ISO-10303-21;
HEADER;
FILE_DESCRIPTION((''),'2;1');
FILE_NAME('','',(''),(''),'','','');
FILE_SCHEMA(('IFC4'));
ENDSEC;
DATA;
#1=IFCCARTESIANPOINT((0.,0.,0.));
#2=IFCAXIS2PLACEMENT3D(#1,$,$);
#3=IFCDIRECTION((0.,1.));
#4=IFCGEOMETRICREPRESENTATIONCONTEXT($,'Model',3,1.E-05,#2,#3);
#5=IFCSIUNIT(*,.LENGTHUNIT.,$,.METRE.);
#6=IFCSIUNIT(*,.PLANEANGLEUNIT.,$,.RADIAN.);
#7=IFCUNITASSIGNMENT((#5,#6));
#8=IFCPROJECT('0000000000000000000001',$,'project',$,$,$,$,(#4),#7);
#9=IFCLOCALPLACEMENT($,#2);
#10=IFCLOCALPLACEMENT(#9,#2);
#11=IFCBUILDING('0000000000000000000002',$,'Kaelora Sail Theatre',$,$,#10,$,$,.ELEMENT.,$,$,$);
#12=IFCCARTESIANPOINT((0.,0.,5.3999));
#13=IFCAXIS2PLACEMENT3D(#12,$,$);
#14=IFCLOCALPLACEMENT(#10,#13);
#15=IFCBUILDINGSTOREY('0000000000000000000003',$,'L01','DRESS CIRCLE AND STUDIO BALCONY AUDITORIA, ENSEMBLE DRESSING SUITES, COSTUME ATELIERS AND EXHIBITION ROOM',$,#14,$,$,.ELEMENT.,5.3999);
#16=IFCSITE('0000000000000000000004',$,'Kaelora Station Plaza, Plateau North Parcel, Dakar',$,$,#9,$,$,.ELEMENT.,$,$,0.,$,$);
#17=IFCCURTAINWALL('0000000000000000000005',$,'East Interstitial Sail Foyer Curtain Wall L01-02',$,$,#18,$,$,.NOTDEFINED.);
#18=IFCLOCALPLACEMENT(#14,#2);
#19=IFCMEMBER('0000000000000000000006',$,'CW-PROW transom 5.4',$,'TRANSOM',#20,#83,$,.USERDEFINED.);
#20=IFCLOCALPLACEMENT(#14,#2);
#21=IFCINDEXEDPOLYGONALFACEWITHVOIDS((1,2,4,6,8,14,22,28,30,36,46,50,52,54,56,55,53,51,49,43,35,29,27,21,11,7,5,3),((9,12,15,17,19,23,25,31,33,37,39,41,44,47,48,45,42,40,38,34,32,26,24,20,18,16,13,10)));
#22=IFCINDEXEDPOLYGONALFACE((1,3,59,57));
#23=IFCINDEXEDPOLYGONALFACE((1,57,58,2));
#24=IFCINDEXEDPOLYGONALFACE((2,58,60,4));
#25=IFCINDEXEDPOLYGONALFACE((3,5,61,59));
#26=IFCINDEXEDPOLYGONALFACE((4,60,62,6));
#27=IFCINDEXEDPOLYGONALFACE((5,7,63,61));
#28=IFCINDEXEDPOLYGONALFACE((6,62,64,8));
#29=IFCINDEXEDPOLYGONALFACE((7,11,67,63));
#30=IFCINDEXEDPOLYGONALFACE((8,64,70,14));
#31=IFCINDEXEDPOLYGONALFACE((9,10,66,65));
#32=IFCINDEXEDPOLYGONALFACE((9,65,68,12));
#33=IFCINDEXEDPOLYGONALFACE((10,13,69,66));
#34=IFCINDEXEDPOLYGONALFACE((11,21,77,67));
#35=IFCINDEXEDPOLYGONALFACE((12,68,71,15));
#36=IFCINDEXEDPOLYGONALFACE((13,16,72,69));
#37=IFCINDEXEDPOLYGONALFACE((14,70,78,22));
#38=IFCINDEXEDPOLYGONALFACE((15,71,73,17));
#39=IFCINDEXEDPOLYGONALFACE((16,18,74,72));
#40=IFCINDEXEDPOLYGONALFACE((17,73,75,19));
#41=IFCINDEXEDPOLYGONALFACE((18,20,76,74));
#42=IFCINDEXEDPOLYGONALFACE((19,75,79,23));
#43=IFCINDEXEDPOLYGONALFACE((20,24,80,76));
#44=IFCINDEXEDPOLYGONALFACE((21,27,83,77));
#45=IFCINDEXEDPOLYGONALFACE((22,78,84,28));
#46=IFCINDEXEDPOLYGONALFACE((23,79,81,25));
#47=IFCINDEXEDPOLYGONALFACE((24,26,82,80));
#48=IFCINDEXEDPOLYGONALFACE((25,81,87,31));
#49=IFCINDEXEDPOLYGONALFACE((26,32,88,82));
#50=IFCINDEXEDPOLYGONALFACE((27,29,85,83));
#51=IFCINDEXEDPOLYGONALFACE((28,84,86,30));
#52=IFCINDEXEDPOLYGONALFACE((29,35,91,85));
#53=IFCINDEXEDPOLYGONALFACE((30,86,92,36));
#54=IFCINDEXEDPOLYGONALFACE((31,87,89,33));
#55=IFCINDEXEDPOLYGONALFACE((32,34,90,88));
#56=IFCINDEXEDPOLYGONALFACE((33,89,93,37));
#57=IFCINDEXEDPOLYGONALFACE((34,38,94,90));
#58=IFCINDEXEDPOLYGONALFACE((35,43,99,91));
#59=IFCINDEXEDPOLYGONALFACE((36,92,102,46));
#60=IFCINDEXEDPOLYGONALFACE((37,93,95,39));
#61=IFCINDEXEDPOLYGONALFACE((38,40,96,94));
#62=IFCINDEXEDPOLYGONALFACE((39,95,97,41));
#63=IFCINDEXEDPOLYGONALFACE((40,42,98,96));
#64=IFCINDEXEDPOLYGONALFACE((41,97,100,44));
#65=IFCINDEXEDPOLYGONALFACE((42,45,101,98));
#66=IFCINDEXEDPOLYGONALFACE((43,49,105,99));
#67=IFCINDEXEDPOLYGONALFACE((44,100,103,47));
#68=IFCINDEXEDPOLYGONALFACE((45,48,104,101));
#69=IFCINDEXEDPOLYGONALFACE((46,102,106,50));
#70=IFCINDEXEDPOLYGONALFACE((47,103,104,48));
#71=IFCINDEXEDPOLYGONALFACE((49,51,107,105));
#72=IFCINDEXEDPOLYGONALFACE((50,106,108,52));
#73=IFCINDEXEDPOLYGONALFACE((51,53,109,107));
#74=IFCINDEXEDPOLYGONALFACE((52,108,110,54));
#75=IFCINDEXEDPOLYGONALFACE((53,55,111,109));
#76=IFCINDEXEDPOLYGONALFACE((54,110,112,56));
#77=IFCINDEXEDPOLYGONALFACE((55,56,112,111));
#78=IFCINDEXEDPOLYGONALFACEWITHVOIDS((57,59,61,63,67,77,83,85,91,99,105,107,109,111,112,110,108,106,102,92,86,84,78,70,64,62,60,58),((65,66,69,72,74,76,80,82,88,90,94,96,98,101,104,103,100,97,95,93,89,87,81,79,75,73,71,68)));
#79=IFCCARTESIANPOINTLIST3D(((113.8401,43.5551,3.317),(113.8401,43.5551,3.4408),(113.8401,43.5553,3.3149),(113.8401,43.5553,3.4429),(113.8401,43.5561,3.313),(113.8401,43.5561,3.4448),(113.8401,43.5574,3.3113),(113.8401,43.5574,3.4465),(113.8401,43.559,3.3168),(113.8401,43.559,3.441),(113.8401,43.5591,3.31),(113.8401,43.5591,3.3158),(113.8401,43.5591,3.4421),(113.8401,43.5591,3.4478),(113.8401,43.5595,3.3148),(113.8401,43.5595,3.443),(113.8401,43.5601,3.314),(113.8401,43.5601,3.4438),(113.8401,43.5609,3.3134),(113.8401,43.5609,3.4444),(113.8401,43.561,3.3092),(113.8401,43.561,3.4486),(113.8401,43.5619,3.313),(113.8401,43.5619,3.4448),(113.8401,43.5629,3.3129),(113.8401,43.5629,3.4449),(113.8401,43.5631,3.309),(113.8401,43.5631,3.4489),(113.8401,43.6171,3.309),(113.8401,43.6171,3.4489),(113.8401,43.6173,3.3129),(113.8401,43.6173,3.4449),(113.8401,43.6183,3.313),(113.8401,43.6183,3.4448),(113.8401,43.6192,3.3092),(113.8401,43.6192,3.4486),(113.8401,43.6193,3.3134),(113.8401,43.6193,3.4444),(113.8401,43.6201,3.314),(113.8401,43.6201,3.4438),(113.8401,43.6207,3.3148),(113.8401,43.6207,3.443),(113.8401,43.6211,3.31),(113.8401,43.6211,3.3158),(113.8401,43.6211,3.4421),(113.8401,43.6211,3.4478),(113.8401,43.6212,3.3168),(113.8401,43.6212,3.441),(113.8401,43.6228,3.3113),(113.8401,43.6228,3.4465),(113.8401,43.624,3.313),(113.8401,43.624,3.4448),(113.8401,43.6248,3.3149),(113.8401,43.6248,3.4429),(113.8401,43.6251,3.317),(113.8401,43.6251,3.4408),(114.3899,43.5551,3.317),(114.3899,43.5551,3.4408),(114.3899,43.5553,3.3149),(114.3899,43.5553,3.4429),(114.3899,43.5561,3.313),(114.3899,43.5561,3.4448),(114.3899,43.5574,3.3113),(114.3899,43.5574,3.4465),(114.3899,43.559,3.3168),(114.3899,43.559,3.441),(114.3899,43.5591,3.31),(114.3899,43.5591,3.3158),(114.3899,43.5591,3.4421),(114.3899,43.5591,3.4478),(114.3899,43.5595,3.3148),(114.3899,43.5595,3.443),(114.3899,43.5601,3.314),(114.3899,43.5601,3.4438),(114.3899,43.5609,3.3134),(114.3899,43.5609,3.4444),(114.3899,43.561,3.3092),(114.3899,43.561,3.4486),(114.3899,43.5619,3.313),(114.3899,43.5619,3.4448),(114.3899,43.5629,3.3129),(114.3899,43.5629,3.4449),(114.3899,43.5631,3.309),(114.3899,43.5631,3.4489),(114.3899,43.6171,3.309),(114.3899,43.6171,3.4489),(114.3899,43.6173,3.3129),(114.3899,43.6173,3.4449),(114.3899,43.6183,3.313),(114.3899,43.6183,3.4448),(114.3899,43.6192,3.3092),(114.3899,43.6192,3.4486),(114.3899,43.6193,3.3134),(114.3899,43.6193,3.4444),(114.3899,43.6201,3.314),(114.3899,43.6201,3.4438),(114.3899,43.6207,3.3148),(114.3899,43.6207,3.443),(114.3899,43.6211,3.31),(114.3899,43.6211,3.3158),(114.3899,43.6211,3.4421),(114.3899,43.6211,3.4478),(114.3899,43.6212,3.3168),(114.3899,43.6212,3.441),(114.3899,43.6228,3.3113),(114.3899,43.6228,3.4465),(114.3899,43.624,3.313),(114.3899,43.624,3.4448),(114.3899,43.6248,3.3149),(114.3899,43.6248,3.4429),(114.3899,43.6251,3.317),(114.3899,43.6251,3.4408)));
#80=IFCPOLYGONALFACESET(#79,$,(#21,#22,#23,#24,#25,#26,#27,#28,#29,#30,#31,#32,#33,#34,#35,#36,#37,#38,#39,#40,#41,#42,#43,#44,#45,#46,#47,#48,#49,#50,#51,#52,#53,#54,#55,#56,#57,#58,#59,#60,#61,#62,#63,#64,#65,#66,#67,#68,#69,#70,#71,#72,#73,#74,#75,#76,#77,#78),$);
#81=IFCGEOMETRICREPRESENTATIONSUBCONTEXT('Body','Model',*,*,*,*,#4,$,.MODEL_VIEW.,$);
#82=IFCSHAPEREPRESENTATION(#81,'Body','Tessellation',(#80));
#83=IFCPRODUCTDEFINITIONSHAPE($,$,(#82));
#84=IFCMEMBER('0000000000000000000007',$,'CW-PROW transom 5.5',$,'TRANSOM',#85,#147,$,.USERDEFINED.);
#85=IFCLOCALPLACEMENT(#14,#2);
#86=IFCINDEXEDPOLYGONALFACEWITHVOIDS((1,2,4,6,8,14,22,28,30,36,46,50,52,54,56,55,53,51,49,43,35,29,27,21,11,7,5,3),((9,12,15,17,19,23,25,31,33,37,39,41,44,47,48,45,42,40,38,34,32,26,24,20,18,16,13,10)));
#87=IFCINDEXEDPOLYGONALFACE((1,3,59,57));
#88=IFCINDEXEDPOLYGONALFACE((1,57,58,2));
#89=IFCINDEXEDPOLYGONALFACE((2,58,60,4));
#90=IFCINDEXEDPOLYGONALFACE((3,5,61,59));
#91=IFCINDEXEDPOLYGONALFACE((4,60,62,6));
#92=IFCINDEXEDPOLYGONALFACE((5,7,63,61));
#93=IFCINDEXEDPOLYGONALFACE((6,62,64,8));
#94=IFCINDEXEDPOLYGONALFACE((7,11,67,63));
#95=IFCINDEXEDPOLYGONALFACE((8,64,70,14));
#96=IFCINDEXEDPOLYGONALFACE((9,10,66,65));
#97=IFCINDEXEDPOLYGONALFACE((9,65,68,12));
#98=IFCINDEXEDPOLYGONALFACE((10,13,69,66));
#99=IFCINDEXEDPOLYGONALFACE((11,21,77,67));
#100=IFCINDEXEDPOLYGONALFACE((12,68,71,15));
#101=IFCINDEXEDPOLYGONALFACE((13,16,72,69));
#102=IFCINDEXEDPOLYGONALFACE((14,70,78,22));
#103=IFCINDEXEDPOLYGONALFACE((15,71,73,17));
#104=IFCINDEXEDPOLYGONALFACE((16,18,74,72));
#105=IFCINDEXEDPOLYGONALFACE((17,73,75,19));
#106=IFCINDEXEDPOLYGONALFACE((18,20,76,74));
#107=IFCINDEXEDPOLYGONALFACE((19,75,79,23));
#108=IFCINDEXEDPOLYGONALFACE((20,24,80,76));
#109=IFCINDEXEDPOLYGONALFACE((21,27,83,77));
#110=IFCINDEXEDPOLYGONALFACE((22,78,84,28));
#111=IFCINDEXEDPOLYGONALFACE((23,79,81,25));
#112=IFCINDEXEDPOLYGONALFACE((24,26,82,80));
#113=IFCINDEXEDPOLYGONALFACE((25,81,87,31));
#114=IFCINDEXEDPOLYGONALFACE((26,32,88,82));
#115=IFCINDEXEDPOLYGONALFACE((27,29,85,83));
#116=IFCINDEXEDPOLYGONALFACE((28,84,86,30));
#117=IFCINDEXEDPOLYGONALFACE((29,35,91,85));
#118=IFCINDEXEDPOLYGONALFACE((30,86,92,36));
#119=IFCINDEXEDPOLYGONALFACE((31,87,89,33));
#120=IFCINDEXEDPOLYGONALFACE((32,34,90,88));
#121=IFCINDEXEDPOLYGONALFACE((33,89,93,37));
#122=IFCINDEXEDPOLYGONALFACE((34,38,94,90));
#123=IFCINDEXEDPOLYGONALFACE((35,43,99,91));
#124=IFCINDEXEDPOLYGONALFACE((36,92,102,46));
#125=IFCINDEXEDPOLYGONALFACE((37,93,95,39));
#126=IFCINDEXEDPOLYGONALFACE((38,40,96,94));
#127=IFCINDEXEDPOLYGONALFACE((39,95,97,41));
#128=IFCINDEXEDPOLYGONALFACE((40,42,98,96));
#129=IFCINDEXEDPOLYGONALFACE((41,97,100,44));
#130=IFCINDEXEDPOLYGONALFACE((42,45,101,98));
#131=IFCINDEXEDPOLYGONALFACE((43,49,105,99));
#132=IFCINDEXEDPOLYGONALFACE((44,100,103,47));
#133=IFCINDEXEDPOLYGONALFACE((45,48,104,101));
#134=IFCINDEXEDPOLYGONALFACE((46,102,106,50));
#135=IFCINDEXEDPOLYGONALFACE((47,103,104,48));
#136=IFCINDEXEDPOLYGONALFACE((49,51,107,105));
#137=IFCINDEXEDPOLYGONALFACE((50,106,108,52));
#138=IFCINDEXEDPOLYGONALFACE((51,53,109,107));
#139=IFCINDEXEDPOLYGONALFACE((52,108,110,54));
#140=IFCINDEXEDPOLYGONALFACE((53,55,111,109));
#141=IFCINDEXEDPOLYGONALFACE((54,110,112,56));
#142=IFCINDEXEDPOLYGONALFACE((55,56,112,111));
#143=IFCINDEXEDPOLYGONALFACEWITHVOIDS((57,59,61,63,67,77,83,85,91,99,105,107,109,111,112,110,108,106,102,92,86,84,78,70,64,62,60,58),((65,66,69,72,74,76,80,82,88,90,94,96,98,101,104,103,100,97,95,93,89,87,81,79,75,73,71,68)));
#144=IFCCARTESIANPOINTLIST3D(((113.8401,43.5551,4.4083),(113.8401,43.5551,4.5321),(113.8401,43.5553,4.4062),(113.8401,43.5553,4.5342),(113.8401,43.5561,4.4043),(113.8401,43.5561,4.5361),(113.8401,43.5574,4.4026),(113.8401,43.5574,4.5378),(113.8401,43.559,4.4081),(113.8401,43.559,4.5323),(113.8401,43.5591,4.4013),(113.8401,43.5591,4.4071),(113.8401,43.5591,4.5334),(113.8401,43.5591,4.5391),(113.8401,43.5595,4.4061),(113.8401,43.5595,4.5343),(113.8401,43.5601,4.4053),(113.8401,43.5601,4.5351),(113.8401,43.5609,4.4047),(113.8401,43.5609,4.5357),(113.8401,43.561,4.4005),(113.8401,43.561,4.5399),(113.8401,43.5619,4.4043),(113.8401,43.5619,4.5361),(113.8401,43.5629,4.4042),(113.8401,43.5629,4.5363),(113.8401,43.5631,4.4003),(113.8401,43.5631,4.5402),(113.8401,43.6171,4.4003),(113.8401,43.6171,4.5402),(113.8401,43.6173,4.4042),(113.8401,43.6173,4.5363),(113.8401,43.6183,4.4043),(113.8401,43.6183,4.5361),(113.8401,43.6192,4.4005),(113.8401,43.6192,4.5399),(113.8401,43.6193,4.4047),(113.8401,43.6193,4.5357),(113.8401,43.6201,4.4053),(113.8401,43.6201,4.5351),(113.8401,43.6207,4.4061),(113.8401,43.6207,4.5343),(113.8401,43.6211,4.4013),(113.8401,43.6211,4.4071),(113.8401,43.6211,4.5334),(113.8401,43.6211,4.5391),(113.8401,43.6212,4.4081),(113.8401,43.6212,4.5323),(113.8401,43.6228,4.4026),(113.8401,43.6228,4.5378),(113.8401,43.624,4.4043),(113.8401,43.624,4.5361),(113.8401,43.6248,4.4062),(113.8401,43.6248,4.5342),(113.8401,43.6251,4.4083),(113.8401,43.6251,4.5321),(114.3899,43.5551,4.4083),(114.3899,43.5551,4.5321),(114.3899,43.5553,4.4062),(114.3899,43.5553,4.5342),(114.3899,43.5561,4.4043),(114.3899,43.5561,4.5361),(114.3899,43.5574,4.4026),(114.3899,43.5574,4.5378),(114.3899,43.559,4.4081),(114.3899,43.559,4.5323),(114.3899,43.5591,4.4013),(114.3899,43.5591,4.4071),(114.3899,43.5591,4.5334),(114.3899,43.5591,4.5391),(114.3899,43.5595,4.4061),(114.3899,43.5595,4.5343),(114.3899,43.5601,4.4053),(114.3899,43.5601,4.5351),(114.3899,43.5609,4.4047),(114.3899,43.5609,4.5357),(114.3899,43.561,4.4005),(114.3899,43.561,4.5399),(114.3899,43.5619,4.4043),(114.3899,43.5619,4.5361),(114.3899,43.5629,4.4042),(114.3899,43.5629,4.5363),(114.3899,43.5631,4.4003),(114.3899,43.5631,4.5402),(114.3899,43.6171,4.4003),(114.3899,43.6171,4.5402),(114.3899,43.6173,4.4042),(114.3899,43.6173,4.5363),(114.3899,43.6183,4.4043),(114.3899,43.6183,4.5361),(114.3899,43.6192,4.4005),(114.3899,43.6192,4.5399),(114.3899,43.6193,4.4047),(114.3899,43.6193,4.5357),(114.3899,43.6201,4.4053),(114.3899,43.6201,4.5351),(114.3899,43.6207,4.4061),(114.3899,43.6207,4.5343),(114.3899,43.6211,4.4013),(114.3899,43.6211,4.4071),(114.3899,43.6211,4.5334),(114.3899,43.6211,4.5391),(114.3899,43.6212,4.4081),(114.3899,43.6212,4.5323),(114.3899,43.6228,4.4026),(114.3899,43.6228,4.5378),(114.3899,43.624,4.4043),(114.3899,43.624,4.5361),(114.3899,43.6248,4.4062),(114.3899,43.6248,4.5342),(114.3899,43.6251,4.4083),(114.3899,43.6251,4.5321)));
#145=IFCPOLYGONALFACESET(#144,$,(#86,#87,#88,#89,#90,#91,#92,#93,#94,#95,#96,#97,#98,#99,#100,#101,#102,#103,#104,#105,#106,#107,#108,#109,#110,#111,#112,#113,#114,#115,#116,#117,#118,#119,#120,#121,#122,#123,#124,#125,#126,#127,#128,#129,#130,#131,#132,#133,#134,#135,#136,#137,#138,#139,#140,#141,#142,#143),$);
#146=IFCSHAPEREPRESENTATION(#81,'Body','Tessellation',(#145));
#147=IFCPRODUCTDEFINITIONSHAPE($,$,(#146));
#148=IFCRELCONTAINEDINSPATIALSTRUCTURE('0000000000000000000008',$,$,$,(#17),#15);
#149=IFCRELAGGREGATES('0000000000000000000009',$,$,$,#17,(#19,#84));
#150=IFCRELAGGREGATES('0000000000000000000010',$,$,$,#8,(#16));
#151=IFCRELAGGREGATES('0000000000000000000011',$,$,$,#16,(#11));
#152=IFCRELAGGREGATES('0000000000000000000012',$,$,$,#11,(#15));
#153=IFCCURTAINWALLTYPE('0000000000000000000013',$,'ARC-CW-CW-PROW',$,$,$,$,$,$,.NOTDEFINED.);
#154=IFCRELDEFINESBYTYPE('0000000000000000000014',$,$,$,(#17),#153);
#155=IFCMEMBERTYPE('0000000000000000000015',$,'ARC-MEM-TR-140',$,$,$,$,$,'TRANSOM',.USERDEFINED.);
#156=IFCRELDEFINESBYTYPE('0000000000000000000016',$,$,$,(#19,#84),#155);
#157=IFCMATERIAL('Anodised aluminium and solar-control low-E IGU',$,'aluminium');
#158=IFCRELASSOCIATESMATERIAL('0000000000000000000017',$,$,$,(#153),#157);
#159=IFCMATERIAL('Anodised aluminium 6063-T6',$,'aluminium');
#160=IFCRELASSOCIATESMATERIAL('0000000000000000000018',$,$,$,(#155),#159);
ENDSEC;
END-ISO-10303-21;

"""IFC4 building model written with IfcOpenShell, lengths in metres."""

from ifc_helpers import new_model, si_unit, direction, frame, origin, origin_2d, place, context, subcontext, project, spatial, hollow_rectangle, extrude, material, material_profile, profile_set, type_object, element, aggregate, save


model = new_model("IFC4")

# Units and contexts
model_context = context("Model", 3, precision=1e-05, world=origin(), true_north=direction((0.0, 1.0)))
body_context = subcontext(model_context, "Body", "Model", "MODEL_VIEW")
ifc_project = project(units=[si_unit("LENGTHUNIT", "METRE"), si_unit("PLANEANGLEUNIT", "RADIAN")], contexts=[model_context])

# Site, building, storey
site_placement = place(None, origin())
site = spatial("IfcSite", under=ifc_project, at=site_placement, Name="Kaelora Station Plaza, Plateau North Parcel, Dakar", CompositionType="ELEMENT", RefElevation=0.0)
building_placement = place(site_placement, origin())
building = spatial("IfcBuilding", under=site, at=building_placement, Name="Kaelora Sail Theatre", CompositionType="ELEMENT")
storey_placement = place(building_placement, frame((0.0, 0.0, 5.3999)))
storey = spatial("IfcBuildingStorey", under=building, at=storey_placement, Name="L01", Description="DRESS CIRCLE AND STUDIO BALCONY AUDITORIA, ENSEMBLE DRESSING SUITES, COSTUME ATELIERS AND EXHIBITION ROOM", CompositionType="ELEMENT", Elevation=5.3999)

# Curtain wall
ifc_material_1 = material(Name="Anodised aluminium and solar-control low-E IGU", Category="aluminium")
curtain_wall_type = type_object("IfcCurtainWallType", Name="ARC-CW-CW-PROW", PredefinedType="NOTDEFINED", material=ifc_material_1)
curtain_wall_1_placement = place(storey_placement, origin())
curtain_wall_1 = element("IfcCurtainWall", 1, at=curtain_wall_1_placement, inside=storey, type_object=curtain_wall_type, Name="East Interstitial Sail Foyer Curtain Wall L01-02", PredefinedType="NOTDEFINED")

# Members
ifc_material_2 = material(Name="Anodised aluminium 6063-T6", Category="aluminium")
ifc_material_profile_1 = material_profile(ifc_material_2, hollow_rectangle(XDim=0.0701, YDim=0.1399, WallThickness=0.0039, InnerFilletRadius=0.0039, OuterFilletRadius=0.0081, at=origin_2d()), Name="ALU-TRAN 70x140x4")
ifc_profile_set_1 = profile_set([ifc_material_profile_1], Name="Anodised aluminium 6063-T6")
member_type_1 = type_object("IfcMemberType", Name="ARC-MEM-TR-140", ElementType="TRANSOM", PredefinedType="USERDEFINED", material=ifc_profile_set_1)
member_1_placement = place(storey_placement, frame((113.8401, 43.5901, 3.3789), z_axis=(1.0, 0.0, 0.0), x_axis=(0.0, 1.0, 0.0)))
member_1 = element("IfcMember", 2, at=member_1_placement, type_object=member_type_1, Name="CW-PROW transom 5.4", ObjectType="TRANSOM", PredefinedType="USERDEFINED", context=body_context, shape_type="SweptSolid", body=[
    extrude(hollow_rectangle(XDim=0.0701, YDim=0.1399, WallThickness=0.0039, InnerFilletRadius=0.0039, OuterFilletRadius=0.0081, at=origin_2d()), origin(), (0.0, 0.0, 1.0), 0.5498),
])
member_2_placement = place(storey_placement, frame((113.8401, 43.5901, 4.4702), z_axis=(1.0, 0.0, 0.0), x_axis=(0.0, 1.0, 0.0)))
member_2 = element("IfcMember", 3, at=member_2_placement, type_object=member_type_1, Name="CW-PROW transom 5.5", ObjectType="TRANSOM", PredefinedType="USERDEFINED", context=body_context, shape_type="SweptSolid", body=[
    extrude(hollow_rectangle(XDim=0.0701, YDim=0.1399, WallThickness=0.0039, InnerFilletRadius=0.0039, OuterFilletRadius=0.0081, at=origin_2d()), origin(), (0.0, 0.0, 1.0), 0.5498),
])

aggregate(curtain_wall_1, [member_1, member_2])

save(model, "model.ifc")
